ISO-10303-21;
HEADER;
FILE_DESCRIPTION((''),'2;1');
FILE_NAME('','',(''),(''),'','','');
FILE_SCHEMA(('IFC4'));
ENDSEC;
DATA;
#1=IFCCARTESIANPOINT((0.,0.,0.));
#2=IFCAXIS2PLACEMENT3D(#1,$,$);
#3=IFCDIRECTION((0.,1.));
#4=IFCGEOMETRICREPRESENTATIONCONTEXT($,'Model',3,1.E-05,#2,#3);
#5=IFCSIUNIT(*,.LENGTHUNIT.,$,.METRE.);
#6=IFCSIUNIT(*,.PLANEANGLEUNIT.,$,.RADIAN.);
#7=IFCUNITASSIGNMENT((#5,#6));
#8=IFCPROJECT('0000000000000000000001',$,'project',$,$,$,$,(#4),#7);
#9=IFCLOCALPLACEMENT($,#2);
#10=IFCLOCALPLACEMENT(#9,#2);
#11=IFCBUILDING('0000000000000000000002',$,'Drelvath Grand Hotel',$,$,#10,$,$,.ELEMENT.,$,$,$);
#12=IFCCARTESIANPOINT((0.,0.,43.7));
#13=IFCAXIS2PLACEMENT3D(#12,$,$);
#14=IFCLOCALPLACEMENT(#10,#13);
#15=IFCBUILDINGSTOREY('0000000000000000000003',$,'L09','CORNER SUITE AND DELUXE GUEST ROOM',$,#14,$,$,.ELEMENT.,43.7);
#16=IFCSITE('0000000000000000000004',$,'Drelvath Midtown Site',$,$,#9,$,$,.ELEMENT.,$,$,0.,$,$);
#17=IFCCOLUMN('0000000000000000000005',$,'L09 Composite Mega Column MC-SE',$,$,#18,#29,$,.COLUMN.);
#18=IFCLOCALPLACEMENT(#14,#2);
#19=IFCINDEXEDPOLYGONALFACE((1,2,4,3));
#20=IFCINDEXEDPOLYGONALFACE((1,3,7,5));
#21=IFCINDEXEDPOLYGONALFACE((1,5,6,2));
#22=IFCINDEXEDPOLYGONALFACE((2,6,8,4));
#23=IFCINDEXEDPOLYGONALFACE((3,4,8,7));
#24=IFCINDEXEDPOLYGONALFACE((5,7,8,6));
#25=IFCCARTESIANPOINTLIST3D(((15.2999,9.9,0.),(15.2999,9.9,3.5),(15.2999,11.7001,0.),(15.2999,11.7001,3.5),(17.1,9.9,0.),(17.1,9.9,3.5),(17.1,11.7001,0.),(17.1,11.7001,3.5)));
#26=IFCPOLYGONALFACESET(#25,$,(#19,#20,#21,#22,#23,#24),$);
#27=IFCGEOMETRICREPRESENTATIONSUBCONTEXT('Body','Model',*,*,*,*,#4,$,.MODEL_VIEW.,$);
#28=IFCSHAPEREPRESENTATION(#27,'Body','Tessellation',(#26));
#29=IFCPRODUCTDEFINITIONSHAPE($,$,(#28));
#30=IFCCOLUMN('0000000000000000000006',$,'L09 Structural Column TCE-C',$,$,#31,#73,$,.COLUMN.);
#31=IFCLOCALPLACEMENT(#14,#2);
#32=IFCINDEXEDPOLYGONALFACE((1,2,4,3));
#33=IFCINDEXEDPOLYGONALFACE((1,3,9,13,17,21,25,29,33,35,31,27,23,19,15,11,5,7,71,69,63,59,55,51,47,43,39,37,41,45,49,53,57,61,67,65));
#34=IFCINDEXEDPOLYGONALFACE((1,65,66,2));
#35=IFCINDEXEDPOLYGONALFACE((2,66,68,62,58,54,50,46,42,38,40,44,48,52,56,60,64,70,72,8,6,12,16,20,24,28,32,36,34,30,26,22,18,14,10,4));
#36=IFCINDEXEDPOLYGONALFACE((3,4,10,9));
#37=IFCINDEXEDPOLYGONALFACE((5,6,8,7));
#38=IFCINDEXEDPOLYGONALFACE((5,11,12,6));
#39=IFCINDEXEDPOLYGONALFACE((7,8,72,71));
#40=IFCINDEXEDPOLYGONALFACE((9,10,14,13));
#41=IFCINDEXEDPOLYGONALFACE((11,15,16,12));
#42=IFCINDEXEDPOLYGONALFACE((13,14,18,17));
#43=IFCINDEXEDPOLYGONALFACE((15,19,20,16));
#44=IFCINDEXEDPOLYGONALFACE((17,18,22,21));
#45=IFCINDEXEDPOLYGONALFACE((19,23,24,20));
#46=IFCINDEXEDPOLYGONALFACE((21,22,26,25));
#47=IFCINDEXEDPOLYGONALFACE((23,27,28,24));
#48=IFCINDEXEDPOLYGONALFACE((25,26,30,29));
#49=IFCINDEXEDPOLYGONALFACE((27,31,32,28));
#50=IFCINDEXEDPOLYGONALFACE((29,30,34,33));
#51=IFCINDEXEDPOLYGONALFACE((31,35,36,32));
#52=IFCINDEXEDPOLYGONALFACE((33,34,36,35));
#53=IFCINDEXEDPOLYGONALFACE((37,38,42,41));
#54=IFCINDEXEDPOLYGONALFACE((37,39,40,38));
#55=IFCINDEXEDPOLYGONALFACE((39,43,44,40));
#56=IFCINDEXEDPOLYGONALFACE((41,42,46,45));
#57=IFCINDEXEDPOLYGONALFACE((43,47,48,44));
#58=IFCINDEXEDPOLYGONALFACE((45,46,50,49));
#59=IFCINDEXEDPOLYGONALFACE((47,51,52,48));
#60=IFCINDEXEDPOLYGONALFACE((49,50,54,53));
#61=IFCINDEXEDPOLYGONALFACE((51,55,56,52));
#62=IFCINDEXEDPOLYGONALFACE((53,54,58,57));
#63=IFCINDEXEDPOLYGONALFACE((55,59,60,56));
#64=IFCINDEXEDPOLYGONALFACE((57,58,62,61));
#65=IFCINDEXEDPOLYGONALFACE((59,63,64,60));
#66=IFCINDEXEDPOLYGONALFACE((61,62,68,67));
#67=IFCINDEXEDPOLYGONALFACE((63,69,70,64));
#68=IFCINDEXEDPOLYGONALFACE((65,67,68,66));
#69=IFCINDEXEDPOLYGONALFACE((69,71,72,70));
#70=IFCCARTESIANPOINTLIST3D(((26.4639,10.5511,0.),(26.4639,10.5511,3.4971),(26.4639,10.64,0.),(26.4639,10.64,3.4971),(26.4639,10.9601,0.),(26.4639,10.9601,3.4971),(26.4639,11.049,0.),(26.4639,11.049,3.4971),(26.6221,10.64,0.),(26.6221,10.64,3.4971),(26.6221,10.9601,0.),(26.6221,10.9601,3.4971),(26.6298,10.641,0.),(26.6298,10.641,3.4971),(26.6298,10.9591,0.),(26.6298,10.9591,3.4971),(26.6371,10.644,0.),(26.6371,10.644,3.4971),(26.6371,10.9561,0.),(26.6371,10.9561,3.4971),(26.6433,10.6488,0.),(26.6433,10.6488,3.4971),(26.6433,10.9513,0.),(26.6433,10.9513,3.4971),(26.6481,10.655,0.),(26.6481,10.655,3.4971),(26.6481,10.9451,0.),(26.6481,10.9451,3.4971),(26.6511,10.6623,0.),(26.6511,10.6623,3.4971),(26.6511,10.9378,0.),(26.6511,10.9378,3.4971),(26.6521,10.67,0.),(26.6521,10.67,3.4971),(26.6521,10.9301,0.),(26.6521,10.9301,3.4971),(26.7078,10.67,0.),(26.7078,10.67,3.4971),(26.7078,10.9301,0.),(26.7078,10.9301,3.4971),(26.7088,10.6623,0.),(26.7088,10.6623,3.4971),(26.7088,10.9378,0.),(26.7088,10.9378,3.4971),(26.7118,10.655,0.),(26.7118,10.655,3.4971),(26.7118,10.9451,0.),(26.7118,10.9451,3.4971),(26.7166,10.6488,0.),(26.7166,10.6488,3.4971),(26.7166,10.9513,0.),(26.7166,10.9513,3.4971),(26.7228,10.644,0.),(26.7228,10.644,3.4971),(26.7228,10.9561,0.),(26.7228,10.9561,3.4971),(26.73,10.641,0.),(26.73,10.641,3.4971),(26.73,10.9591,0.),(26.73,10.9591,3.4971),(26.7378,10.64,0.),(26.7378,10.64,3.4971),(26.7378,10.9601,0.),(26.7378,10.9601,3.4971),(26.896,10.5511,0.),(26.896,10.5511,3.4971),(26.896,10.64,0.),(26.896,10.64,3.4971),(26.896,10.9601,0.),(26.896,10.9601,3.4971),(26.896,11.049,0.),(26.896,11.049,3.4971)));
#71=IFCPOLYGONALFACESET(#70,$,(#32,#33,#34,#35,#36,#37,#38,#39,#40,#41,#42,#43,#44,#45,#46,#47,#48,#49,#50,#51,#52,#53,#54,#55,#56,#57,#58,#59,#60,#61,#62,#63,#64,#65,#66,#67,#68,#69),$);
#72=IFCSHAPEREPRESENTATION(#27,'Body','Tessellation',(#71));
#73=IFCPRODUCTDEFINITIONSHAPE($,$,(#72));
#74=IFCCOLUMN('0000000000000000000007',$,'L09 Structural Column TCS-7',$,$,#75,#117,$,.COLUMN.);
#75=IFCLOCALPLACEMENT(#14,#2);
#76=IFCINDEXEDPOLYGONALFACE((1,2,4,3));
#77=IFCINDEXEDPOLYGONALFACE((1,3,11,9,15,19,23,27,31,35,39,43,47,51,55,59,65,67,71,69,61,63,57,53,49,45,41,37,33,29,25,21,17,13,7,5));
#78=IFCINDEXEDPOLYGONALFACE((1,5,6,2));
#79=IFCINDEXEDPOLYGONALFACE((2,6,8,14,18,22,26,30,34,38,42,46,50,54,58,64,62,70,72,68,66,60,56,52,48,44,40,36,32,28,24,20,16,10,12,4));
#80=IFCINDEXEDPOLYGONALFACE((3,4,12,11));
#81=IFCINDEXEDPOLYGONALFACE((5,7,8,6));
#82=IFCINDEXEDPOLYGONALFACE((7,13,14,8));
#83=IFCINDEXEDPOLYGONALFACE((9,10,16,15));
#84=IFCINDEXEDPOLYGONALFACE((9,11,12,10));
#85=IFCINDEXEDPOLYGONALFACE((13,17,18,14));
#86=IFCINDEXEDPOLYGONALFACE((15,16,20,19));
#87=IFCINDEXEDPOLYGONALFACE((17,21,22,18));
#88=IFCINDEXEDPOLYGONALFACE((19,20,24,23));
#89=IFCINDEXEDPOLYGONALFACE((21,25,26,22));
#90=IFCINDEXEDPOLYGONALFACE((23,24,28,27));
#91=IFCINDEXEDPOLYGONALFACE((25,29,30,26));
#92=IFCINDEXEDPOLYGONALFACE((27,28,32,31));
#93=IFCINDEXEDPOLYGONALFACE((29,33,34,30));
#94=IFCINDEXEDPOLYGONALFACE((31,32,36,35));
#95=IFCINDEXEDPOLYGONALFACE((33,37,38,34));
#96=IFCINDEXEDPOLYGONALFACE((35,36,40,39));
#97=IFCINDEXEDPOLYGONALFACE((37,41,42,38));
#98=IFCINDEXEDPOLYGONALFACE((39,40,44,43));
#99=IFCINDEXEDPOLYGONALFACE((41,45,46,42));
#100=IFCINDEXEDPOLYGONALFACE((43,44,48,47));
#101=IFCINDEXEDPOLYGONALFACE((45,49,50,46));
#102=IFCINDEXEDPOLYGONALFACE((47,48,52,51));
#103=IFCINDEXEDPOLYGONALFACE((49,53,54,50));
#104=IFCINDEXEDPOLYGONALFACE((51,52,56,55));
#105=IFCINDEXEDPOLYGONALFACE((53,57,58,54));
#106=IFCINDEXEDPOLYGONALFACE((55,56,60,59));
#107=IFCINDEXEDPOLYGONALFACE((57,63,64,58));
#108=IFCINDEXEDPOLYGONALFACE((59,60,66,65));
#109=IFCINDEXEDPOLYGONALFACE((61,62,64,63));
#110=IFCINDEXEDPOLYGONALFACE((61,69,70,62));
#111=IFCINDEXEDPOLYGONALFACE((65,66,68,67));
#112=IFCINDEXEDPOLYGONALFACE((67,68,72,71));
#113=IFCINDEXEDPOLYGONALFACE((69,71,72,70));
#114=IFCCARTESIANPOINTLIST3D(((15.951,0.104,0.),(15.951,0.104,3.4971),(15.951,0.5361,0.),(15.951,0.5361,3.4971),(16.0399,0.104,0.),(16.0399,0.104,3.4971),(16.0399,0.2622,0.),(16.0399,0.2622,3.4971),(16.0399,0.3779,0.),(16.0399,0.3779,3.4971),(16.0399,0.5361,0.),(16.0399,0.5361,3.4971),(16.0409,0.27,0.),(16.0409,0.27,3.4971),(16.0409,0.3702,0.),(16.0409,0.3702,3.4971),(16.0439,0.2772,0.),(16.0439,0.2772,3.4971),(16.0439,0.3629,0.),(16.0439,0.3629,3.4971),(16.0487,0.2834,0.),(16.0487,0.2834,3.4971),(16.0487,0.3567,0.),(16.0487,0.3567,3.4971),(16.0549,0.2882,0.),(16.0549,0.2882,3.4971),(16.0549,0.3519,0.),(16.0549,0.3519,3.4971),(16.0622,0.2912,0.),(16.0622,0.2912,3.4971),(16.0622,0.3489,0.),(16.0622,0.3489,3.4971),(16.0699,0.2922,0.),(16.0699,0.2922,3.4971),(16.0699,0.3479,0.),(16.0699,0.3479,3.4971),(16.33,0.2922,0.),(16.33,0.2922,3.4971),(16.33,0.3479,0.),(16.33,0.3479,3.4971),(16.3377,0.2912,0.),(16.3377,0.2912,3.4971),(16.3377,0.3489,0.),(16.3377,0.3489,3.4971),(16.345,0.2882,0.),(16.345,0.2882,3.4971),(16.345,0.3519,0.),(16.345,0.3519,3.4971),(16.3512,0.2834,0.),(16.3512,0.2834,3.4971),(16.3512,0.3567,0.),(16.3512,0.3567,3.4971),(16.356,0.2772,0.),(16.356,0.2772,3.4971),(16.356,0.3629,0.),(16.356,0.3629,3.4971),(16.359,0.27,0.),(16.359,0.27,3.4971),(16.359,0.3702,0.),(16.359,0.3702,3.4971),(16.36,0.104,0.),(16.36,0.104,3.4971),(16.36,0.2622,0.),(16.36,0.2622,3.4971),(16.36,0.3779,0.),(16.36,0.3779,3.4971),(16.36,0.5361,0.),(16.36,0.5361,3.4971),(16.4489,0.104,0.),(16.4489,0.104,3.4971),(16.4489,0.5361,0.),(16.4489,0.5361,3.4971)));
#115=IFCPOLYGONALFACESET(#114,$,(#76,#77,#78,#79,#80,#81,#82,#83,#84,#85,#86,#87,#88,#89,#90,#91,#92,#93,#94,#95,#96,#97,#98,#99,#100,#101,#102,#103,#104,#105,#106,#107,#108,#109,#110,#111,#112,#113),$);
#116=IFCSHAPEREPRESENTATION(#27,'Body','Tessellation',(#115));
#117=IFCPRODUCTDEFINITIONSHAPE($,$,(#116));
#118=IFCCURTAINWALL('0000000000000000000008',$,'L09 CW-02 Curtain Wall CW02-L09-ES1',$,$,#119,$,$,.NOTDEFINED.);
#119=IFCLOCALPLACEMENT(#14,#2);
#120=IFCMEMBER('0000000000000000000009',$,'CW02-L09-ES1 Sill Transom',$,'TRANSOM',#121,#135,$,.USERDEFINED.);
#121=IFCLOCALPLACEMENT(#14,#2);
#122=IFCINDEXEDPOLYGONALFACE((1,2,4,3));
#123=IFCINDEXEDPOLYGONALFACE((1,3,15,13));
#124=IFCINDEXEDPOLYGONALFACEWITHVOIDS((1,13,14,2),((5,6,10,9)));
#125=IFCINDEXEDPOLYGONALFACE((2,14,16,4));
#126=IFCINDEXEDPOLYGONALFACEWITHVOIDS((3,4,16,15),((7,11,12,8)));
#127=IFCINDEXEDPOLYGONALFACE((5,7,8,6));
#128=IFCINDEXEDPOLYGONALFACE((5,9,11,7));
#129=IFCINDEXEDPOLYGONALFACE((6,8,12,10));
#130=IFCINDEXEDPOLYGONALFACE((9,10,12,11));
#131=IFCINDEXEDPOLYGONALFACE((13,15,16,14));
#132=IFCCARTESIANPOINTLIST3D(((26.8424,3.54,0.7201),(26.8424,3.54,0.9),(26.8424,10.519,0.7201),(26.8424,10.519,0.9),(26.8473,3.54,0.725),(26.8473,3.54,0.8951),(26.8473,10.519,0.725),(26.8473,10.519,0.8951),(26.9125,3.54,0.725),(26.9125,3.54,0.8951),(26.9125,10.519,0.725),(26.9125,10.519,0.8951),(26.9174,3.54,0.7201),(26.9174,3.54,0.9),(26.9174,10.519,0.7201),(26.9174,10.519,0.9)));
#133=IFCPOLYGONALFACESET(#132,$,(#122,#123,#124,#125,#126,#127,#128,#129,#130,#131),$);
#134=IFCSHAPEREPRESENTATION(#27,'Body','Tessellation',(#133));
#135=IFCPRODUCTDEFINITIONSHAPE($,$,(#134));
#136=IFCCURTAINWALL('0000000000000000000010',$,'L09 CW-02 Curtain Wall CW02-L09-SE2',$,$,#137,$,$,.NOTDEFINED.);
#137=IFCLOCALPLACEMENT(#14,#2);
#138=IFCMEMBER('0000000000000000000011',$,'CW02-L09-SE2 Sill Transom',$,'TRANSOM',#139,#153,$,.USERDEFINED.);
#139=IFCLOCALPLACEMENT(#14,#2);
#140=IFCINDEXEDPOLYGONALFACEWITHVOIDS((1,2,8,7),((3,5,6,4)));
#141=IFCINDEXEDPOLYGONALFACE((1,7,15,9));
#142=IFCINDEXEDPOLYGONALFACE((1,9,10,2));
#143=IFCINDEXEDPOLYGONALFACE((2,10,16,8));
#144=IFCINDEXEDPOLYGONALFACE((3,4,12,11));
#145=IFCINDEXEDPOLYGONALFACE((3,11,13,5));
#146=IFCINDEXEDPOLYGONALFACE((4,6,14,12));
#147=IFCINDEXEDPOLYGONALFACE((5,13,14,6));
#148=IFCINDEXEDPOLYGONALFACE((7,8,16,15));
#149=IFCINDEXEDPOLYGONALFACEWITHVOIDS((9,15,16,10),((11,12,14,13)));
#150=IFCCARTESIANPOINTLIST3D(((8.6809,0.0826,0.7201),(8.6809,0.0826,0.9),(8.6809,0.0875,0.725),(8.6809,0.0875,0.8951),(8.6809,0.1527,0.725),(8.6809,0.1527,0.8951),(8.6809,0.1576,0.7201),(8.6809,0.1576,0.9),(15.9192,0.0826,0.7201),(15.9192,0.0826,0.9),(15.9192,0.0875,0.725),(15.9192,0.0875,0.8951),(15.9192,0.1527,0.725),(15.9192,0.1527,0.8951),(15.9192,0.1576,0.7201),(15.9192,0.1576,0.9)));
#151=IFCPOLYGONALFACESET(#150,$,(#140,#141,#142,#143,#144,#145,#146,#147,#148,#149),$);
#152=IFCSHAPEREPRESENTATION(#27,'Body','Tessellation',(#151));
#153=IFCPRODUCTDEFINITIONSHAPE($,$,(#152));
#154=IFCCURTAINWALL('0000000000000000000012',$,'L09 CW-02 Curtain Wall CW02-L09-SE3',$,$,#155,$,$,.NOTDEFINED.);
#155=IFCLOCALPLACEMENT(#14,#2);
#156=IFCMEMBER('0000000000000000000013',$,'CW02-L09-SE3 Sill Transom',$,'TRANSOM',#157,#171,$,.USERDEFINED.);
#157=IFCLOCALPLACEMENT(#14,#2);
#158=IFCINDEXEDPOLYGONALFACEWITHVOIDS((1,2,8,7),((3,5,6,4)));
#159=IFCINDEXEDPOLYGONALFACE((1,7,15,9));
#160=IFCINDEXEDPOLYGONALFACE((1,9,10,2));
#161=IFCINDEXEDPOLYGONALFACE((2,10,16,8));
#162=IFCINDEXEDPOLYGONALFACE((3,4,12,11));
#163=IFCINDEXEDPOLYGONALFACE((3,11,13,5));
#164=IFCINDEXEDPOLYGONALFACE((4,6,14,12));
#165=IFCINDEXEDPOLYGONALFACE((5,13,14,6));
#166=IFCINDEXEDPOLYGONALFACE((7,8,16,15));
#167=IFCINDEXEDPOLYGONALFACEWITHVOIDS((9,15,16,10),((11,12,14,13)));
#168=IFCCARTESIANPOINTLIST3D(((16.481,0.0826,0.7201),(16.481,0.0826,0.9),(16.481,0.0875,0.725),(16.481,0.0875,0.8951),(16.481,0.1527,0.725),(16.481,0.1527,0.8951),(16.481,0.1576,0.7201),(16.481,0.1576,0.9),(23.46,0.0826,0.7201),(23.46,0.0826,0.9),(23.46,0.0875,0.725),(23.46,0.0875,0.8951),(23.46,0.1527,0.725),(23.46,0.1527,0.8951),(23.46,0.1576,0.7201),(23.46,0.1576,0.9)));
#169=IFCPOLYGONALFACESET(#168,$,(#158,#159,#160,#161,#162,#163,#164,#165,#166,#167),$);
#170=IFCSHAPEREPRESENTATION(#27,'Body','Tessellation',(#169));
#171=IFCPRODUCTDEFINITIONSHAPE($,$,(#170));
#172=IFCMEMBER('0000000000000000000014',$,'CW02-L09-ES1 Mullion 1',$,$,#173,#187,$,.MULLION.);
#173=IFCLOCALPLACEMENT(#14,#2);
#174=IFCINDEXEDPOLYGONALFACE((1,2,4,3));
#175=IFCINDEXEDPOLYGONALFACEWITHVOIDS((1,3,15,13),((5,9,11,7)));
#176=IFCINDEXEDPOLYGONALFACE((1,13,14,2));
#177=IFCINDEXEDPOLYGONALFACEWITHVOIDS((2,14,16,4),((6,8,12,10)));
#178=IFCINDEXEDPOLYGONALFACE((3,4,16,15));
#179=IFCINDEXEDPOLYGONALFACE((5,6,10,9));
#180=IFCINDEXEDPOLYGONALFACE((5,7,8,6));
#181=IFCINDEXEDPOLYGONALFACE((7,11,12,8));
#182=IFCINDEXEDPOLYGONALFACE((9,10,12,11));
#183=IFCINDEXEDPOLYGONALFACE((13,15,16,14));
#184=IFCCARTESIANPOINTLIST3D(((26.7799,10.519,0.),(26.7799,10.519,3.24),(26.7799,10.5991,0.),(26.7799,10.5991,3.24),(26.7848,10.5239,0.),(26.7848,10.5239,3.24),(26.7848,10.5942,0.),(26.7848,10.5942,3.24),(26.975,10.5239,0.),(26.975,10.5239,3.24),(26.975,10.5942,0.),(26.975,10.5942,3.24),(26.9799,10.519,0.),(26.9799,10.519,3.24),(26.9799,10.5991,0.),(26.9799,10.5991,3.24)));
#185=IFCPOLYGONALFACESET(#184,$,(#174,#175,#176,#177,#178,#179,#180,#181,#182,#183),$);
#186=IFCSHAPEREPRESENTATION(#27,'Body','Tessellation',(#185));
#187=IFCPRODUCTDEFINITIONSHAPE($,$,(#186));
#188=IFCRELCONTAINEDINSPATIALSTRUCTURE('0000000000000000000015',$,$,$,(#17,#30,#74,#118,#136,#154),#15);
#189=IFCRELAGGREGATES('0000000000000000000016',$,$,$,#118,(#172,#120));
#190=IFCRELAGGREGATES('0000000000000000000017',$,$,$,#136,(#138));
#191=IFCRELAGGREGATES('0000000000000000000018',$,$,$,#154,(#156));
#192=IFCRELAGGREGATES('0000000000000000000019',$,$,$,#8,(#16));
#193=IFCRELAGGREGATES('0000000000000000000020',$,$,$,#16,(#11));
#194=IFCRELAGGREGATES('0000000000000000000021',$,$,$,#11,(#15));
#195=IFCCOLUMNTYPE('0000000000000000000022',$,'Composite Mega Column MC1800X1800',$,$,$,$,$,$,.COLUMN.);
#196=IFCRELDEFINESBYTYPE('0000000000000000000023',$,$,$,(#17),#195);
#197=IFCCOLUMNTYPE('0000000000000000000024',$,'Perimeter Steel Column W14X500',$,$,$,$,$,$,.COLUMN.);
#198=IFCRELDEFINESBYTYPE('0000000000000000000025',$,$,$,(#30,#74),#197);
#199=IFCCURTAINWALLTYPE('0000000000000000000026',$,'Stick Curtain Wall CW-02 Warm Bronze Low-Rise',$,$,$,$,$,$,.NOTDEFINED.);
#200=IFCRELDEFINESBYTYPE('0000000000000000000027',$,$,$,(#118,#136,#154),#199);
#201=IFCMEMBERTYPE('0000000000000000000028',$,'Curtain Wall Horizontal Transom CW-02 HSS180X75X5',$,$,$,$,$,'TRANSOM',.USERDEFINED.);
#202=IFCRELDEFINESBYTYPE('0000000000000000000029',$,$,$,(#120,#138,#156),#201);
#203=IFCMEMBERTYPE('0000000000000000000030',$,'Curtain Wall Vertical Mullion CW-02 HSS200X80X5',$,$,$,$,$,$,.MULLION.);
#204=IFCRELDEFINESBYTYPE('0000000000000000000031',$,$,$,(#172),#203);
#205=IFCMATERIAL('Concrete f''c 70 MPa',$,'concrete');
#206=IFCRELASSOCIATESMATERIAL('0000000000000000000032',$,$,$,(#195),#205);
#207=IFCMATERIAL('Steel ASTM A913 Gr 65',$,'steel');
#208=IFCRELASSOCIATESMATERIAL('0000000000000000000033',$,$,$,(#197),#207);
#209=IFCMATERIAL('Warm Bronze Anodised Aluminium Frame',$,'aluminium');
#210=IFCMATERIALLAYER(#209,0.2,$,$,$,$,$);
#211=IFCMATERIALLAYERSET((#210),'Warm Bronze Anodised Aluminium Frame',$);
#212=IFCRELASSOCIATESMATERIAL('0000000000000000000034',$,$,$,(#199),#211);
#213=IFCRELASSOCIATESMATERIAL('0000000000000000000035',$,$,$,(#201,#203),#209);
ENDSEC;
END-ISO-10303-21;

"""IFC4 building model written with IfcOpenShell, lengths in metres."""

from ifc_helpers import new_model, si_unit, direction, frame, origin, origin_2d, place, context, subcontext, project, spatial, rectangle, hollow_rectangle, i_section, extrude, material, layer, layer_set, material_profile, profile_set, type_object, element, aggregate, save


model = new_model("IFC4")

# Units and contexts
model_context = context("Model", 3, precision=1e-05, world=origin(), true_north=direction((0.0, 1.0)))
body_context = subcontext(model_context, "Body", "Model", "MODEL_VIEW")
ifc_project = project(units=[si_unit("LENGTHUNIT", "METRE"), si_unit("PLANEANGLEUNIT", "RADIAN")], contexts=[model_context])

# Site, building, storey
site_placement = place(None, origin())
site = spatial("IfcSite", under=ifc_project, at=site_placement, Name="Drelvath Midtown Site", CompositionType="ELEMENT", RefElevation=0.0)
building_placement = place(site_placement, origin())
building = spatial("IfcBuilding", under=site, at=building_placement, Name="Drelvath Grand Hotel", CompositionType="ELEMENT")
storey_placement = place(building_placement, frame((0.0, 0.0, 43.7)))
storey = spatial("IfcBuildingStorey", under=building, at=storey_placement, Name="L09", Description="CORNER SUITE AND DELUXE GUEST ROOM", CompositionType="ELEMENT", Elevation=43.7)

# Columns
ifc_material_1 = material(Name="Concrete f'c 70 MPa", Category="concrete")
ifc_material_profile_1 = material_profile(ifc_material_1, rectangle(XDim=1.8, YDim=1.8, at=origin_2d()), Name="MC1800X1800")
ifc_profile_set_1 = profile_set([ifc_material_profile_1], Name="Concrete f'c 70 MPa")
column_type_1 = type_object("IfcColumnType", Name="Composite Mega Column MC1800X1800", PredefinedType="COLUMN", material=ifc_profile_set_1)
column_placement = place(storey_placement, frame((16.2, 10.8, 0.0), z_axis=(0.0, 0.0, 1.0), x_axis=(1.0, 0.0, 0.0)))
element("IfcColumn", 1, at=column_placement, inside=storey, type_object=column_type_1, Name="L09 Composite Mega Column MC-SE", PredefinedType="COLUMN", context=body_context, shape_type="SweptSolid", body=[
    extrude(rectangle(XDim=1.8, YDim=1.8, at=origin_2d()), origin(), (0.0, 0.0, 1.0), 3.5),
])
ifc_material_2 = material(Name="Steel ASTM A913 Gr 65", Category="steel")
ifc_material_profile_2 = material_profile(ifc_material_2, i_section(OverallWidth=0.4321, OverallDepth=0.4978, WebThickness=0.0557, FlangeThickness=0.0889, FilletRadius=0.03, at=origin_2d()), Name="W14X500")
ifc_profile_set_2 = profile_set([ifc_material_profile_2], Name="Steel ASTM A913 Gr 65")
column_type_2 = type_object("IfcColumnType", Name="Perimeter Steel Column W14X500", PredefinedType="COLUMN", material=ifc_profile_set_2)
for number, where, z_axis, x_axis, name in (
    (2, (26.6799, 10.8, 0.0), (0.0, 0.0, 1.0), (1.0, 0.0, 0.0), "L09 Structural Column TCE-C"),
    (3, (16.2, 0.3201, 0.0), (0.0, 0.0, 1.0), (0.0, 1.0, 0.0), "L09 Structural Column TCS-7"),
):
    element("IfcColumn", number, at=place(storey_placement, frame(where, z_axis=z_axis, x_axis=x_axis)), inside=storey, type_object=column_type_2, Name=name, PredefinedType="COLUMN", context=body_context, shape_type="SweptSolid", body=[
        extrude(i_section(OverallWidth=0.4321, OverallDepth=0.4978, WebThickness=0.0557, FlangeThickness=0.0889, FilletRadius=0.03, at=origin_2d()), origin(), (0.0, 0.0, 1.0), 3.4971),
    ])

# Curtain walls, members
ifc_material_3 = material(Name="Warm Bronze Anodised Aluminium Frame", Category="aluminium")
ifc_layer_1 = layer(ifc_material_3, 0.2)
ifc_layer_set_1 = layer_set([ifc_layer_1], Name="Warm Bronze Anodised Aluminium Frame")
curtain_wall_type = type_object("IfcCurtainWallType", Name="Stick Curtain Wall CW-02 Warm Bronze Low-Rise", PredefinedType="NOTDEFINED", material=ifc_layer_set_1)
curtain_wall_1_placement = place(storey_placement, origin())
curtain_wall_1 = element("IfcCurtainWall", 4, at=curtain_wall_1_placement, inside=storey, type_object=curtain_wall_type, Name="L09 CW-02 Curtain Wall CW02-L09-ES1", PredefinedType="NOTDEFINED")
ifc_material_profile_3 = material_profile(ifc_material_3, hollow_rectangle(XDim=0.075, YDim=0.1799, WallThickness=0.0049, at=origin_2d()), Name="HSS180X75X5")
ifc_profile_set_3 = profile_set([ifc_material_profile_3], Name="Warm Bronze Anodised Aluminium Frame")
member_type_1 = type_object("IfcMemberType", Name="Curtain Wall Horizontal Transom CW-02 HSS180X75X5", ElementType="TRANSOM", PredefinedType="USERDEFINED", material=ifc_profile_set_3)
member_1_placement = place(storey_placement, frame((26.8799, 10.519, 0.8101), z_axis=(0.0, -1.0, 0.0), x_axis=(1.0, 0.0, 0.0)))
member_1 = element("IfcMember", 5, at=member_1_placement, type_object=member_type_1, Name="CW02-L09-ES1 Sill Transom", ObjectType="TRANSOM", PredefinedType="USERDEFINED", context=body_context, shape_type="SweptSolid", body=[
    extrude(hollow_rectangle(XDim=0.075, YDim=0.1799, WallThickness=0.0049, at=origin_2d()), origin(), (0.0, 0.0, 1.0), 6.979),
])
curtain_wall_2_placement = place(storey_placement, origin())
curtain_wall_2 = element("IfcCurtainWall", 6, at=curtain_wall_2_placement, inside=storey, type_object=curtain_wall_type, Name="L09 CW-02 Curtain Wall CW02-L09-SE2", PredefinedType="NOTDEFINED")
member_2_placement = place(storey_placement, frame((15.9192, 0.1201, 0.8101), z_axis=(-1.0, 0.0, 0.0), x_axis=(0.0, -1.0, 0.0)))
member_2 = element("IfcMember", 7, at=member_2_placement, type_object=member_type_1, Name="CW02-L09-SE2 Sill Transom", ObjectType="TRANSOM", PredefinedType="USERDEFINED", context=body_context, shape_type="SweptSolid", body=[
    extrude(hollow_rectangle(XDim=0.075, YDim=0.1799, WallThickness=0.0049, at=origin_2d()), origin(), (0.0, 0.0, 1.0), 7.2383),
])
curtain_wall_3_placement = place(storey_placement, origin())
curtain_wall_3 = element("IfcCurtainWall", 8, at=curtain_wall_3_placement, inside=storey, type_object=curtain_wall_type, Name="L09 CW-02 Curtain Wall CW02-L09-SE3", PredefinedType="NOTDEFINED")
member_3_placement = place(storey_placement, frame((23.46, 0.1201, 0.8101), z_axis=(-1.0, 0.0, 0.0), x_axis=(0.0, -1.0, 0.0)))
member_3 = element("IfcMember", 9, at=member_3_placement, type_object=member_type_1, Name="CW02-L09-SE3 Sill Transom", ObjectType="TRANSOM", PredefinedType="USERDEFINED", context=body_context, shape_type="SweptSolid", body=[
    extrude(hollow_rectangle(XDim=0.075, YDim=0.1799, WallThickness=0.0049, at=origin_2d()), origin(), (0.0, 0.0, 1.0), 6.979),
])

# Member
ifc_material_profile_4 = material_profile(ifc_material_3, hollow_rectangle(XDim=0.0801, YDim=0.2, WallThickness=0.0049, at=origin_2d()), Name="HSS200X80X5")
ifc_profile_set_4 = profile_set([ifc_material_profile_4], Name="Warm Bronze Anodised Aluminium Frame")
member_type_2 = type_object("IfcMemberType", Name="Curtain Wall Vertical Mullion CW-02 HSS200X80X5", PredefinedType="MULLION", material=ifc_profile_set_4)
member_4_placement = place(storey_placement, frame((26.8799, 10.5591, 0.0), z_axis=(0.0, 0.0, 1.0), x_axis=(0.0, 1.0, 0.0)))
member_4 = element("IfcMember", 10, at=member_4_placement, type_object=member_type_2, Name="CW02-L09-ES1 Mullion 1", PredefinedType="MULLION", context=body_context, shape_type="SweptSolid", body=[
    extrude(hollow_rectangle(XDim=0.0801, YDim=0.2, WallThickness=0.0049, at=origin_2d()), origin(), (0.0, 0.0, 1.0), 3.24),
])

aggregate(curtain_wall_1, [member_4, member_1])
aggregate(curtain_wall_2, [member_2])
aggregate(curtain_wall_3, [member_3])

save(model, "model.ifc")
